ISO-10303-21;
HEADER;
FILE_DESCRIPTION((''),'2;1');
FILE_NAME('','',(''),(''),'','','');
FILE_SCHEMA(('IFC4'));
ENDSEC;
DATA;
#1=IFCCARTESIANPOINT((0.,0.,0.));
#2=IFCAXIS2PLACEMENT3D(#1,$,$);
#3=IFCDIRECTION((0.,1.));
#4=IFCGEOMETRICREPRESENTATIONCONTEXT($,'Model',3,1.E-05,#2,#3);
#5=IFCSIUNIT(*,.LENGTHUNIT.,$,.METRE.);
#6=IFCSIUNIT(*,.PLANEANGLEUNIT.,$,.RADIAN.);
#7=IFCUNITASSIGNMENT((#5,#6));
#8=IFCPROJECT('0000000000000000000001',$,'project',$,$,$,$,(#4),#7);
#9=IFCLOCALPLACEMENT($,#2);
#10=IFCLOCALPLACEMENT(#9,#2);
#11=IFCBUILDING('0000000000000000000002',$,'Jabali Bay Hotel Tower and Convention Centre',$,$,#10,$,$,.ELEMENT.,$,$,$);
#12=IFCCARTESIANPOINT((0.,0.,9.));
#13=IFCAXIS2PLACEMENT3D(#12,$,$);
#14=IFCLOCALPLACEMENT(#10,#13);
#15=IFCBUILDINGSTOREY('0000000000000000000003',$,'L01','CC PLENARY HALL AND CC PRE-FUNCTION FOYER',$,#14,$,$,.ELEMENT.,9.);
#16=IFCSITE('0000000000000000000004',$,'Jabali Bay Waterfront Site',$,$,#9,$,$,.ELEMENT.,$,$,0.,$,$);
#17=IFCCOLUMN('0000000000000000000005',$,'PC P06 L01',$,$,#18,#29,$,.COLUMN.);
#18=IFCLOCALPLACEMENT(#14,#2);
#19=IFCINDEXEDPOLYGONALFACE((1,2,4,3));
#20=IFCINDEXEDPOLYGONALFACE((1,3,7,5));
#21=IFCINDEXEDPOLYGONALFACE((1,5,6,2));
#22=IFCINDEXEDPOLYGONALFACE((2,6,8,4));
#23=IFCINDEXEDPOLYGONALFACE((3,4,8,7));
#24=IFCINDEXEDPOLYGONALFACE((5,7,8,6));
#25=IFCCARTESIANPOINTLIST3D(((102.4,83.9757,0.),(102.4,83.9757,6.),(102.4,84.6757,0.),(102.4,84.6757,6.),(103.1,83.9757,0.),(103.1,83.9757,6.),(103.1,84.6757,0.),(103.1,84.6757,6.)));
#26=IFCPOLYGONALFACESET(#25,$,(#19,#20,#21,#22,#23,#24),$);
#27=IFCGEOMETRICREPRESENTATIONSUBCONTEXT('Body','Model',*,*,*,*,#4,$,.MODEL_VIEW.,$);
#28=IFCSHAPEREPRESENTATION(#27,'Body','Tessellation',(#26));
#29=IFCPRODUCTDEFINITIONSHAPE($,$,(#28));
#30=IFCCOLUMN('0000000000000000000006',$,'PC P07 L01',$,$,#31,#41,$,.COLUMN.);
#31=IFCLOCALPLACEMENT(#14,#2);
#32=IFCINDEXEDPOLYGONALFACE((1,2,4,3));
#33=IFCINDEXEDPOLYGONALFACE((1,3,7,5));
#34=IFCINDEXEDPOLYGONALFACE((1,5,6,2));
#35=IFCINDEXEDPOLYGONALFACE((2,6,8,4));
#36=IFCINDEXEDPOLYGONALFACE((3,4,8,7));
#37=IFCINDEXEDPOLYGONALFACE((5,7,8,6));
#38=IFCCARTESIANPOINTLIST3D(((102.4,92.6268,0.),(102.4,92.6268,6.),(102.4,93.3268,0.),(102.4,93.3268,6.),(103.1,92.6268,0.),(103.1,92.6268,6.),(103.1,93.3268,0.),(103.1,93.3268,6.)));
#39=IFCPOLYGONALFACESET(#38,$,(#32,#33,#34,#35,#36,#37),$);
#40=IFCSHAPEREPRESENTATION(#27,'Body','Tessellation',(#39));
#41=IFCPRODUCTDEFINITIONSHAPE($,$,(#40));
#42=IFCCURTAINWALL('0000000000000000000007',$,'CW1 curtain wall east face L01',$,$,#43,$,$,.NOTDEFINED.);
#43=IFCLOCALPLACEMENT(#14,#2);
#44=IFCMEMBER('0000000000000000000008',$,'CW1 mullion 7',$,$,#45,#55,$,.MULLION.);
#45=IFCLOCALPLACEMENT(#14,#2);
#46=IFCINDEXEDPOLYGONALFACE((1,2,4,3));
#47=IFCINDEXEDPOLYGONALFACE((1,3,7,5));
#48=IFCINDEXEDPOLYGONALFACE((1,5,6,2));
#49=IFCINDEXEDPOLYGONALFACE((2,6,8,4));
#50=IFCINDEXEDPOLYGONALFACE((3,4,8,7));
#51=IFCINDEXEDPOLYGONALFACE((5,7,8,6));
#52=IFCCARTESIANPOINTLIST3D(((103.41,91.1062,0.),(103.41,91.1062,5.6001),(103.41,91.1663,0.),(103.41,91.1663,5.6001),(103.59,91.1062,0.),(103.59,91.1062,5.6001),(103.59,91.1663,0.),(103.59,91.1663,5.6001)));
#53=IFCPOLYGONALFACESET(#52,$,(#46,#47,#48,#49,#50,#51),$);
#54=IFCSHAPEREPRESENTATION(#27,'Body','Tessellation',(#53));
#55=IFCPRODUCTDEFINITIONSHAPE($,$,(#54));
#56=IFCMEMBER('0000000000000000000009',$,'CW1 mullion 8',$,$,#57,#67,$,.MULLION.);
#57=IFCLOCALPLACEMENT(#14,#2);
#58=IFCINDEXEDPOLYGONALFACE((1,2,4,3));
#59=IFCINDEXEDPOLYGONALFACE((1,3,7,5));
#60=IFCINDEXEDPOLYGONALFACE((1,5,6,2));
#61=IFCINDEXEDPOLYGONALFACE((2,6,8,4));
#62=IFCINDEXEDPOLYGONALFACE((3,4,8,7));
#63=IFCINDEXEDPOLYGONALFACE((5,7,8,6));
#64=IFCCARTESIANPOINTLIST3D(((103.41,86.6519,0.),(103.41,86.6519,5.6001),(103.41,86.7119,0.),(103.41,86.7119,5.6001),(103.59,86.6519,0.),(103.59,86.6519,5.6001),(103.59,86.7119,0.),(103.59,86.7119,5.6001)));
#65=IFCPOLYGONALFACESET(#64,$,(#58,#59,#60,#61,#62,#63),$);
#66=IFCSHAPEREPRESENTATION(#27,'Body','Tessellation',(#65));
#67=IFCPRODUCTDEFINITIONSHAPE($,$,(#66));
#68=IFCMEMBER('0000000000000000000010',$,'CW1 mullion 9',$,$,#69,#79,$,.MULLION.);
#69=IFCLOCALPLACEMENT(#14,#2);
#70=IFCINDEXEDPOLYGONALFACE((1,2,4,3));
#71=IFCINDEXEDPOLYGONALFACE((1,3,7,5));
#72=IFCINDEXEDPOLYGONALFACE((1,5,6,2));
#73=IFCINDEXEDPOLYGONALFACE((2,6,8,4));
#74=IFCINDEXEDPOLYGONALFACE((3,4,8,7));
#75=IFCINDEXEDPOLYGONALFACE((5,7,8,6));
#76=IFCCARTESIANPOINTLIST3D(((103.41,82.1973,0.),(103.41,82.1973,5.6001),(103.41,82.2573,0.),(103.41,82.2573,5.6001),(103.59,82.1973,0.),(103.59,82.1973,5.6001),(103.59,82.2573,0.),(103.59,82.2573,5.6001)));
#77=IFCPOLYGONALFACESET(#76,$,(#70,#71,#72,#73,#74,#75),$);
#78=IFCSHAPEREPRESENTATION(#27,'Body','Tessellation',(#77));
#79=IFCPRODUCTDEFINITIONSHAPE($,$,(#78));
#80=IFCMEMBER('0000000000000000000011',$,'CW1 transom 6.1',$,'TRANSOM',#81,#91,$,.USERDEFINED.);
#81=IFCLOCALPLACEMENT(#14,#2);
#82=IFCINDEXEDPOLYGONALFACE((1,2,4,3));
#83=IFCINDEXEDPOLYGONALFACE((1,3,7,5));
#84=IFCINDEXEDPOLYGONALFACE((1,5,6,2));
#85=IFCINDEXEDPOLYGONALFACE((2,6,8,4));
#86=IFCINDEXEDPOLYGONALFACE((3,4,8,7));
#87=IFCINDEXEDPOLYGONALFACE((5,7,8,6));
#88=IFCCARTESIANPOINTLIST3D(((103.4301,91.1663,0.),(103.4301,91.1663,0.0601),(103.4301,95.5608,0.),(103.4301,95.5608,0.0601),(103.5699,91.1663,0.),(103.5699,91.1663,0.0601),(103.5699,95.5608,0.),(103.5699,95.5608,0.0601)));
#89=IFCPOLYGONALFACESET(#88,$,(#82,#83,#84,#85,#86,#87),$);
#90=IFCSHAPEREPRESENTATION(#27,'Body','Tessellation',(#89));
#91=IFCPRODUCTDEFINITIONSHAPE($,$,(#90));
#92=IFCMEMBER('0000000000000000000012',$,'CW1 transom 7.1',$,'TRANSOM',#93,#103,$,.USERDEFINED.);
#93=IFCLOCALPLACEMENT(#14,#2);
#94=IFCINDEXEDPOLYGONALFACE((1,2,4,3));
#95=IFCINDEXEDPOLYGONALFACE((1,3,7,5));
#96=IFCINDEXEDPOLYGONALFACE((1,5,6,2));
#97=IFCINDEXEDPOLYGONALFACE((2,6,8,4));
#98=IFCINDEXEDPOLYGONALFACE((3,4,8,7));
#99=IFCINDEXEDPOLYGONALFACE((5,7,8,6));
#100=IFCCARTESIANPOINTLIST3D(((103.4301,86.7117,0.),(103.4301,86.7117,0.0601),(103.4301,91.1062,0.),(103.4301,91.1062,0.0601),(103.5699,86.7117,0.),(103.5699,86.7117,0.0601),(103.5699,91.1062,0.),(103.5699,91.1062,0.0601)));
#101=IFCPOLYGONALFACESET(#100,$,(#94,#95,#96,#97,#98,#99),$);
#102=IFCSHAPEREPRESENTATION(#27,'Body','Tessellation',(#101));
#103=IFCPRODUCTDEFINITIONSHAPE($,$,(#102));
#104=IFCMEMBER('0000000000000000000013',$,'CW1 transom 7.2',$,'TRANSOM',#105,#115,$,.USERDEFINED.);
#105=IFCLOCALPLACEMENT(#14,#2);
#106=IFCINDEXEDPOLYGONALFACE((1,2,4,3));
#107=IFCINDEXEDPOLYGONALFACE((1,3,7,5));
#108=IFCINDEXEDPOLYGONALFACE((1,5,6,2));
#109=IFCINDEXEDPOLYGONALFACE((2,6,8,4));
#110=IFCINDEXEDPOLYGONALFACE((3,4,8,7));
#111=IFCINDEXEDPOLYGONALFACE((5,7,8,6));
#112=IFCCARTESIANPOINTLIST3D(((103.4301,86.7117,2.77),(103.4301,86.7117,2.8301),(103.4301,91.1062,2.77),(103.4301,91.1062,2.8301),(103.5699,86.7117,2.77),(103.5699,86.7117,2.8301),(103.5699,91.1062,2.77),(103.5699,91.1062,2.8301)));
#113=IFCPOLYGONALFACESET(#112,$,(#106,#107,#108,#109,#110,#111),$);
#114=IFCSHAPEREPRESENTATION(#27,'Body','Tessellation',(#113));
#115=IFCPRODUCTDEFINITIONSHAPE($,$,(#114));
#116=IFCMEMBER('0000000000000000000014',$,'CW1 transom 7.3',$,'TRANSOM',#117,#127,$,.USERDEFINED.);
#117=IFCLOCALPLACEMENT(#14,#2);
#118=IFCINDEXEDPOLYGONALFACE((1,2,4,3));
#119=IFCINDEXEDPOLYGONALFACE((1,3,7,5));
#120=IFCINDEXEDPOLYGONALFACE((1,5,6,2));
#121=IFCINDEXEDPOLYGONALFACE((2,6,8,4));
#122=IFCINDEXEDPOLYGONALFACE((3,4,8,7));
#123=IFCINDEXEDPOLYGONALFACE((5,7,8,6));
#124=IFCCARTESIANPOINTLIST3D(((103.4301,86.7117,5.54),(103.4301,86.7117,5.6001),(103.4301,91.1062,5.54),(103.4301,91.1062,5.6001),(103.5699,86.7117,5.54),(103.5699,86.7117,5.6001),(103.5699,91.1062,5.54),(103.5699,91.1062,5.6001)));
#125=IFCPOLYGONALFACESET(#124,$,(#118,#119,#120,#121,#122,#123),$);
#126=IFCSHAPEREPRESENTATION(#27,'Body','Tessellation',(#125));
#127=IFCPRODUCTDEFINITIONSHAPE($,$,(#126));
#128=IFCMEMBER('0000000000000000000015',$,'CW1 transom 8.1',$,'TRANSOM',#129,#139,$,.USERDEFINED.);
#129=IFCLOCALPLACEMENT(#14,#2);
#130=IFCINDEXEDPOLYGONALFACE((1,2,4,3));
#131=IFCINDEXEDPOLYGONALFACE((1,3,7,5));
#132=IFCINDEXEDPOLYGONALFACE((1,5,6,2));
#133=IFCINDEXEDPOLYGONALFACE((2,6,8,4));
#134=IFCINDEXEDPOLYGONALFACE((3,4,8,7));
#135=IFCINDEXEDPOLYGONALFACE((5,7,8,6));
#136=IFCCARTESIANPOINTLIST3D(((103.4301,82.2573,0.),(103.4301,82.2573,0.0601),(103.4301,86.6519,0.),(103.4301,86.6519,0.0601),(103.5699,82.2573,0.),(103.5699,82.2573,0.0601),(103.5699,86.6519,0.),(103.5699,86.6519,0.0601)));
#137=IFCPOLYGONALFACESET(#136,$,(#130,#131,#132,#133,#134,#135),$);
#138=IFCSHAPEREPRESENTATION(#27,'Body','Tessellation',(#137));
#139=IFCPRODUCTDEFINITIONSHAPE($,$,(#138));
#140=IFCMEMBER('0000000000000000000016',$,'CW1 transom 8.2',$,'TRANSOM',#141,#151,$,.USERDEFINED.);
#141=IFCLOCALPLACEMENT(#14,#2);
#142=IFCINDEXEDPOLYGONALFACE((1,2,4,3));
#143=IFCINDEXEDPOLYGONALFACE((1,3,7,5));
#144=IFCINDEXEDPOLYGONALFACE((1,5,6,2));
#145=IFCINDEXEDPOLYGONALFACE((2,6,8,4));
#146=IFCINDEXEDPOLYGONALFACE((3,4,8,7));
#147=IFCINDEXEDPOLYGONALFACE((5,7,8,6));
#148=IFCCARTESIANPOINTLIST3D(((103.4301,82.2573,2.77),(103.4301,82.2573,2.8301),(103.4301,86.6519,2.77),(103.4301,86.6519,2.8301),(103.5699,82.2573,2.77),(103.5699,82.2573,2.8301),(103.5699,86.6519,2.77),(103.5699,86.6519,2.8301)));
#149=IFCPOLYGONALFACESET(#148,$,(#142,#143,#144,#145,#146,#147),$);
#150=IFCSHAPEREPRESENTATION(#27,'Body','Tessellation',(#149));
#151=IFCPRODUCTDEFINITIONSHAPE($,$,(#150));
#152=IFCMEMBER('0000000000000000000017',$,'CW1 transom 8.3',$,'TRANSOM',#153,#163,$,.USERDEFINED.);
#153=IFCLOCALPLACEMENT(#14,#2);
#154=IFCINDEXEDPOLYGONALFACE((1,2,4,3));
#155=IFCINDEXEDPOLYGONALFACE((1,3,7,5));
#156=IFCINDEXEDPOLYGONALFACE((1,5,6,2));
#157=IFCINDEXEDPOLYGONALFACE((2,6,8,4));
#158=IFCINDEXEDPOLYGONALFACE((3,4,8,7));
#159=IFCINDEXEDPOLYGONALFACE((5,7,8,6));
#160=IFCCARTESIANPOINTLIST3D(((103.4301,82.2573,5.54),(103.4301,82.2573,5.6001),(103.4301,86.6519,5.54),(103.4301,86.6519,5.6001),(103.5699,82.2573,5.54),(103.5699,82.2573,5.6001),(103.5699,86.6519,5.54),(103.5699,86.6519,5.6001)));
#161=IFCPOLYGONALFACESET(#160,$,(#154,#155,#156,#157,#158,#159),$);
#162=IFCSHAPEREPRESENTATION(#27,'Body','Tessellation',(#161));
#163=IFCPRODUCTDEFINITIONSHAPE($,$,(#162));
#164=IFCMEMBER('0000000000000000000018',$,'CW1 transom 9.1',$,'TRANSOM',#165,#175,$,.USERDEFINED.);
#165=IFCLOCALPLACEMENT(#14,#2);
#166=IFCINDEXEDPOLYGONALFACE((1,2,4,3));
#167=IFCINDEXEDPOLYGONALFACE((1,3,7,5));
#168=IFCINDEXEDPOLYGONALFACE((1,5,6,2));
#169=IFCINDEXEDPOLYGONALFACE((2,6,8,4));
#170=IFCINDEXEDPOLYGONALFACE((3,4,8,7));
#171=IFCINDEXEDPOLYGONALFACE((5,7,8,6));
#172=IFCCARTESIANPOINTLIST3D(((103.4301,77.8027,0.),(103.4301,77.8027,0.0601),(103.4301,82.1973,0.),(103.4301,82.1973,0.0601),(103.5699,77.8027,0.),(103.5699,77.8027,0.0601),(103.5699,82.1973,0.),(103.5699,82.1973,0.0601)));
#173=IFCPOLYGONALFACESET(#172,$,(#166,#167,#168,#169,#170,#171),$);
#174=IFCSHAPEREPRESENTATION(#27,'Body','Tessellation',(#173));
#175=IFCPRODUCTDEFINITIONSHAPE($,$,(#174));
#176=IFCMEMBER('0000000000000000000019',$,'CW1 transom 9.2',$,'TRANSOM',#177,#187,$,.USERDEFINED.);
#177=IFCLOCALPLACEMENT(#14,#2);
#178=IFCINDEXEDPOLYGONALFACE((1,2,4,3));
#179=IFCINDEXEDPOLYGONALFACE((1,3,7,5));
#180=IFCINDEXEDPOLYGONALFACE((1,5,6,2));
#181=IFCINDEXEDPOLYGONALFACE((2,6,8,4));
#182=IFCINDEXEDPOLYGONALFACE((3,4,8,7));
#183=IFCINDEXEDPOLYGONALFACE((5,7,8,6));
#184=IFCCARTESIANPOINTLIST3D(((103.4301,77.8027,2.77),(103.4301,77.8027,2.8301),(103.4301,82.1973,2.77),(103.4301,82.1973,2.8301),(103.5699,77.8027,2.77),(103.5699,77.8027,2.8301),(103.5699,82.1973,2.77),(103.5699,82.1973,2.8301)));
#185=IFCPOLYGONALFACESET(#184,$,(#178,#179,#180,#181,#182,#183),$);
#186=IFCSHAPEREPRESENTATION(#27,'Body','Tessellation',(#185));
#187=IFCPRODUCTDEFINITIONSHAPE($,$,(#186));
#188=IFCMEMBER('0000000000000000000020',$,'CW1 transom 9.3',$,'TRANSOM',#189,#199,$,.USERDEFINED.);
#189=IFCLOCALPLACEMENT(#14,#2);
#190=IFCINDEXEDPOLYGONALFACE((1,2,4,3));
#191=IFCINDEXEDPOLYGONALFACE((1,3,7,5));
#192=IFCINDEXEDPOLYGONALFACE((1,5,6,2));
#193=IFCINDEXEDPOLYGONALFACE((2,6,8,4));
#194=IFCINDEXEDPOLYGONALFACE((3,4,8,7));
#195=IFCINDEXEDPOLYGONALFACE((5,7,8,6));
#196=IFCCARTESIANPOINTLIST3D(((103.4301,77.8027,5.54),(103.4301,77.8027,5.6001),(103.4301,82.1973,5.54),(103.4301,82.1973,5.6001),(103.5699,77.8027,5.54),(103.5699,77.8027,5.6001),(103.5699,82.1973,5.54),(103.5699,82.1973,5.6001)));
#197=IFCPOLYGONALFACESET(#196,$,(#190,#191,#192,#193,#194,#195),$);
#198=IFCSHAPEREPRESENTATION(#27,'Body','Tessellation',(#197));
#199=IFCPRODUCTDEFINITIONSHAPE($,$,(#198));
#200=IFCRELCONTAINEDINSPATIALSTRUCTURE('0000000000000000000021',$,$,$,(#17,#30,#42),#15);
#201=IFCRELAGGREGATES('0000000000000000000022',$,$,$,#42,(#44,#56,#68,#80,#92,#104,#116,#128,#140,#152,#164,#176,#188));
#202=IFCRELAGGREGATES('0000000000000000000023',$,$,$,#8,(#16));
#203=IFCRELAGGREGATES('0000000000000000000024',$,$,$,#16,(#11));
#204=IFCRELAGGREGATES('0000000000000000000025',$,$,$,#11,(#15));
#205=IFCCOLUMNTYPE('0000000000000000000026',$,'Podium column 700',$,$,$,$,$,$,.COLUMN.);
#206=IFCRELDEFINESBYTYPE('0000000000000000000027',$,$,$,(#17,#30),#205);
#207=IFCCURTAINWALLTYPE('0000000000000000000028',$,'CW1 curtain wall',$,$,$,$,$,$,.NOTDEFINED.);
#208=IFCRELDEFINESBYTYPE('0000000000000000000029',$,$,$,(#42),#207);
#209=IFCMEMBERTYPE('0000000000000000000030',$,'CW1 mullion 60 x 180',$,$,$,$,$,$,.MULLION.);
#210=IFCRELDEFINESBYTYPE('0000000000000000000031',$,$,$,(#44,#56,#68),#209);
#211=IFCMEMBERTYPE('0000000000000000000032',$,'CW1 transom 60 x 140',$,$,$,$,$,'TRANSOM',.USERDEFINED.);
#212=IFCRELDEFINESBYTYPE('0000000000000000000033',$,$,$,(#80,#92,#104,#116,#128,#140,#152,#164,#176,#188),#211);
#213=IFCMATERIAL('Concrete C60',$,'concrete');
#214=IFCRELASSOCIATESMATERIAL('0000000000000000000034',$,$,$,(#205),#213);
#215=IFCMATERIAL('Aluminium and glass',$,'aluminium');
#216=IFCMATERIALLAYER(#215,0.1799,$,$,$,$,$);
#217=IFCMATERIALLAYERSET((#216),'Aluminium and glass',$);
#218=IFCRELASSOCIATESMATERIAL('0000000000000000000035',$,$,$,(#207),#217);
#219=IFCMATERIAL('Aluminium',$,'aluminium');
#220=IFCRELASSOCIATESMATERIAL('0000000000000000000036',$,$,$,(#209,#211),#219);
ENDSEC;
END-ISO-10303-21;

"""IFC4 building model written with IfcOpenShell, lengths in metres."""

from ifc_helpers import new_model, si_unit, direction, frame, origin, origin_2d, place, context, subcontext, project, spatial, rectangle, extrude, material, layer, layer_set, material_profile, profile_set, type_object, element, aggregate, save


model = new_model("IFC4")

# Units and contexts
model_context = context("Model", 3, precision=1e-05, world=origin(), true_north=direction((0.0, 1.0)))
body_context = subcontext(model_context, "Body", "Model", "MODEL_VIEW")
ifc_project = project(units=[si_unit("LENGTHUNIT", "METRE"), si_unit("PLANEANGLEUNIT", "RADIAN")], contexts=[model_context])

# Site, building, storey
site_placement = place(None, origin())
site = spatial("IfcSite", under=ifc_project, at=site_placement, Name="Jabali Bay Waterfront Site", CompositionType="ELEMENT", RefElevation=0.0)
building_placement = place(site_placement, origin())
building = spatial("IfcBuilding", under=site, at=building_placement, Name="Jabali Bay Hotel Tower and Convention Centre", CompositionType="ELEMENT")
storey_placement = place(building_placement, frame((0.0, 0.0, 9.0)))
storey = spatial("IfcBuildingStorey", under=building, at=storey_placement, Name="L01", Description="CC PLENARY HALL AND CC PRE-FUNCTION FOYER", CompositionType="ELEMENT", Elevation=9.0)

# Columns
ifc_material_1 = material(Name="Concrete C60", Category="concrete")
ifc_material_profile_1 = material_profile(ifc_material_1, rectangle(XDim=0.7, YDim=0.7, at=origin_2d()), Name="Podium column 700")
ifc_profile_set_1 = profile_set([ifc_material_profile_1], Name="Concrete C60")
column_type = type_object("IfcColumnType", Name="Podium column 700", PredefinedType="COLUMN", material=ifc_profile_set_1)
for number, where, z_axis, x_axis, name in (
    (1, (102.75, 84.3257, 0.0), (0.0, 0.0, 1.0), (1.0, 0.0, 0.0), "PC P06 L01"),
    (2, (102.75, 92.9768, 0.0), (0.0, 0.0, 1.0), (1.0, 0.0, 0.0), "PC P07 L01"),
):
    element("IfcColumn", number, at=place(storey_placement, frame(where, z_axis=z_axis, x_axis=x_axis)), inside=storey, type_object=column_type, Name=name, PredefinedType="COLUMN", context=body_context, shape_type="SweptSolid", body=[
        extrude(rectangle(XDim=0.7, YDim=0.7, at=origin_2d()), origin(), (0.0, 0.0, 1.0), 6.0),
    ])

# Curtain wall, members
ifc_material_2 = material(Name="Aluminium and glass", Category="aluminium")
ifc_layer_1 = layer(ifc_material_2, 0.1799)
ifc_layer_set_1 = layer_set([ifc_layer_1], Name="Aluminium and glass")
curtain_wall_type = type_object("IfcCurtainWallType", Name="CW1 curtain wall", PredefinedType="NOTDEFINED", material=ifc_layer_set_1)
curtain_wall_placement = place(storey_placement, origin())
curtain_wall = element("IfcCurtainWall", 3, at=curtain_wall_placement, inside=storey, type_object=curtain_wall_type, Name="CW1 curtain wall east face L01", PredefinedType="NOTDEFINED")
ifc_material_3 = material(Name="Aluminium", Category="aluminium")
ifc_material_profile_2 = material_profile(ifc_material_3, rectangle(XDim=0.1799, YDim=0.0601, at=origin_2d()), Name="CW1 mullion 60 x 180")
ifc_profile_set_2 = profile_set([ifc_material_profile_2], Name="Aluminium")
member_type_1 = type_object("IfcMemberType", Name="CW1 mullion 60 x 180", PredefinedType="MULLION", material=ifc_profile_set_2)
member_1_placement = place(storey_placement, frame((103.5, 91.1362, 0.0), z_axis=(0.0, 0.0, 1.0), x_axis=(1.0, 0.0, 0.0)))
member_1 = element("IfcMember", 4, at=member_1_placement, type_object=member_type_1, Name="CW1 mullion 7", PredefinedType="MULLION", context=body_context, shape_type="SweptSolid", body=[
    extrude(rectangle(XDim=0.1799, YDim=0.0601, at=origin_2d()), origin(), (0.0, 0.0, 1.0), 5.6001),
])
member_2_placement = place(storey_placement, frame((103.5, 86.6819, 0.0), z_axis=(0.0, 0.0, 1.0), x_axis=(1.0, 0.0, 0.0)))
member_2 = element("IfcMember", 5, at=member_2_placement, type_object=member_type_1, Name="CW1 mullion 8", PredefinedType="MULLION", context=body_context, shape_type="SweptSolid", body=[
    extrude(rectangle(XDim=0.1799, YDim=0.0601, at=origin_2d()), origin(), (0.0, 0.0, 1.0), 5.6001),
])
member_3_placement = place(storey_placement, frame((103.5, 82.2273, 0.0), z_axis=(0.0, 0.0, 1.0), x_axis=(1.0, 0.0, 0.0)))
member_3 = element("IfcMember", 6, at=member_3_placement, type_object=member_type_1, Name="CW1 mullion 9", PredefinedType="MULLION", context=body_context, shape_type="SweptSolid", body=[
    extrude(rectangle(XDim=0.1799, YDim=0.0601, at=origin_2d()), origin(), (0.0, 0.0, 1.0), 5.6001),
])
ifc_material_profile_3 = material_profile(ifc_material_3, rectangle(XDim=0.1399, YDim=0.0601, at=origin_2d()), Name="CW1 transom 60 x 140")
ifc_profile_set_3 = profile_set([ifc_material_profile_3], Name="Aluminium")
member_type_2 = type_object("IfcMemberType", Name="CW1 transom 60 x 140", ElementType="TRANSOM", PredefinedType="USERDEFINED", material=ifc_profile_set_3)
member_4_placement = place(storey_placement, frame((103.5, 95.5608, 0.03), z_axis=(0.0, -1.0, 0.0), x_axis=(1.0, 0.0, 0.0)))
member_4 = element("IfcMember", 7, at=member_4_placement, type_object=member_type_2, Name="CW1 transom 6.1", ObjectType="TRANSOM", PredefinedType="USERDEFINED", context=body_context, shape_type="SweptSolid", body=[
    extrude(rectangle(XDim=0.1399, YDim=0.0601, at=origin_2d()), origin(), (0.0, 0.0, 1.0), 4.3945),
])
member_5_placement = place(storey_placement, frame((103.5, 91.1062, 0.03), z_axis=(0.0, -1.0, 0.0), x_axis=(1.0, 0.0, 0.0)))
member_5 = element("IfcMember", 8, at=member_5_placement, type_object=member_type_2, Name="CW1 transom 7.1", ObjectType="TRANSOM", PredefinedType="USERDEFINED", context=body_context, shape_type="SweptSolid", body=[
    extrude(rectangle(XDim=0.1399, YDim=0.0601, at=origin_2d()), origin(), (0.0, 0.0, 1.0), 4.3945),
])
member_6_placement = place(storey_placement, frame((103.5, 91.1062, 2.8), z_axis=(0.0, -1.0, 0.0), x_axis=(1.0, 0.0, 0.0)))
member_6 = element("IfcMember", 9, at=member_6_placement, type_object=member_type_2, Name="CW1 transom 7.2", ObjectType="TRANSOM", PredefinedType="USERDEFINED", context=body_context, shape_type="SweptSolid", body=[
    extrude(rectangle(XDim=0.1399, YDim=0.0601, at=origin_2d()), origin(), (0.0, 0.0, 1.0), 4.3945),
])
member_7_placement = place(storey_placement, frame((103.5, 91.1062, 5.5701), z_axis=(0.0, -1.0, 0.0), x_axis=(1.0, 0.0, 0.0)))
member_7 = element("IfcMember", 10, at=member_7_placement, type_object=member_type_2, Name="CW1 transom 7.3", ObjectType="TRANSOM", PredefinedType="USERDEFINED", context=body_context, shape_type="SweptSolid", body=[
    extrude(rectangle(XDim=0.1399, YDim=0.0601, at=origin_2d()), origin(), (0.0, 0.0, 1.0), 4.3945),
])
member_8_placement = place(storey_placement, frame((103.5, 86.6519, 0.03), z_axis=(0.0, -1.0, 0.0), x_axis=(1.0, 0.0, 0.0)))
member_8 = element("IfcMember", 11, at=member_8_placement, type_object=member_type_2, Name="CW1 transom 8.1", ObjectType="TRANSOM", PredefinedType="USERDEFINED", context=body_context, shape_type="SweptSolid", body=[
    extrude(rectangle(XDim=0.1399, YDim=0.0601, at=origin_2d()), origin(), (0.0, 0.0, 1.0), 4.3945),
])
member_9_placement = place(storey_placement, frame((103.5, 86.6519, 2.8), z_axis=(0.0, -1.0, 0.0), x_axis=(1.0, 0.0, 0.0)))
member_9 = element("IfcMember", 12, at=member_9_placement, type_object=member_type_2, Name="CW1 transom 8.2", ObjectType="TRANSOM", PredefinedType="USERDEFINED", context=body_context, shape_type="SweptSolid", body=[
    extrude(rectangle(XDim=0.1399, YDim=0.0601, at=origin_2d()), origin(), (0.0, 0.0, 1.0), 4.3945),
])
member_10_placement = place(storey_placement, frame((103.5, 86.6519, 5.5701), z_axis=(0.0, -1.0, 0.0), x_axis=(1.0, 0.0, 0.0)))
member_10 = element("IfcMember", 13, at=member_10_placement, type_object=member_type_2, Name="CW1 transom 8.3", ObjectType="TRANSOM", PredefinedType="USERDEFINED", context=body_context, shape_type="SweptSolid", body=[
    extrude(rectangle(XDim=0.1399, YDim=0.0601, at=origin_2d()), origin(), (0.0, 0.0, 1.0), 4.3945),
])
member_11_placement = place(storey_placement, frame((103.5, 82.1973, 0.03), z_axis=(0.0, -1.0, 0.0), x_axis=(1.0, 0.0, 0.0)))
member_11 = element("IfcMember", 14, at=member_11_placement, type_object=member_type_2, Name="CW1 transom 9.1", ObjectType="TRANSOM", PredefinedType="USERDEFINED", context=body_context, shape_type="SweptSolid", body=[
    extrude(rectangle(XDim=0.1399, YDim=0.0601, at=origin_2d()), origin(), (0.0, 0.0, 1.0), 4.3945),
])
member_12_placement = place(storey_placement, frame((103.5, 82.1973, 2.8), z_axis=(0.0, -1.0, 0.0), x_axis=(1.0, 0.0, 0.0)))
member_12 = element("IfcMember", 15, at=member_12_placement, type_object=member_type_2, Name="CW1 transom 9.2", ObjectType="TRANSOM", PredefinedType="USERDEFINED", context=body_context, shape_type="SweptSolid", body=[
    extrude(rectangle(XDim=0.1399, YDim=0.0601, at=origin_2d()), origin(), (0.0, 0.0, 1.0), 4.3945),
])
member_13_placement = place(storey_placement, frame((103.5, 82.1973, 5.5701), z_axis=(0.0, -1.0, 0.0), x_axis=(1.0, 0.0, 0.0)))
member_13 = element("IfcMember", 16, at=member_13_placement, type_object=member_type_2, Name="CW1 transom 9.3", ObjectType="TRANSOM", PredefinedType="USERDEFINED", context=body_context, shape_type="SweptSolid", body=[
    extrude(rectangle(XDim=0.1399, YDim=0.0601, at=origin_2d()), origin(), (0.0, 0.0, 1.0), 4.3945),
])
aggregate(curtain_wall, [member_1, member_2, member_3, member_4, member_5, member_6, member_7, member_8, member_9, member_10, member_11, member_12, member_13])

save(model, "model.ifc")
